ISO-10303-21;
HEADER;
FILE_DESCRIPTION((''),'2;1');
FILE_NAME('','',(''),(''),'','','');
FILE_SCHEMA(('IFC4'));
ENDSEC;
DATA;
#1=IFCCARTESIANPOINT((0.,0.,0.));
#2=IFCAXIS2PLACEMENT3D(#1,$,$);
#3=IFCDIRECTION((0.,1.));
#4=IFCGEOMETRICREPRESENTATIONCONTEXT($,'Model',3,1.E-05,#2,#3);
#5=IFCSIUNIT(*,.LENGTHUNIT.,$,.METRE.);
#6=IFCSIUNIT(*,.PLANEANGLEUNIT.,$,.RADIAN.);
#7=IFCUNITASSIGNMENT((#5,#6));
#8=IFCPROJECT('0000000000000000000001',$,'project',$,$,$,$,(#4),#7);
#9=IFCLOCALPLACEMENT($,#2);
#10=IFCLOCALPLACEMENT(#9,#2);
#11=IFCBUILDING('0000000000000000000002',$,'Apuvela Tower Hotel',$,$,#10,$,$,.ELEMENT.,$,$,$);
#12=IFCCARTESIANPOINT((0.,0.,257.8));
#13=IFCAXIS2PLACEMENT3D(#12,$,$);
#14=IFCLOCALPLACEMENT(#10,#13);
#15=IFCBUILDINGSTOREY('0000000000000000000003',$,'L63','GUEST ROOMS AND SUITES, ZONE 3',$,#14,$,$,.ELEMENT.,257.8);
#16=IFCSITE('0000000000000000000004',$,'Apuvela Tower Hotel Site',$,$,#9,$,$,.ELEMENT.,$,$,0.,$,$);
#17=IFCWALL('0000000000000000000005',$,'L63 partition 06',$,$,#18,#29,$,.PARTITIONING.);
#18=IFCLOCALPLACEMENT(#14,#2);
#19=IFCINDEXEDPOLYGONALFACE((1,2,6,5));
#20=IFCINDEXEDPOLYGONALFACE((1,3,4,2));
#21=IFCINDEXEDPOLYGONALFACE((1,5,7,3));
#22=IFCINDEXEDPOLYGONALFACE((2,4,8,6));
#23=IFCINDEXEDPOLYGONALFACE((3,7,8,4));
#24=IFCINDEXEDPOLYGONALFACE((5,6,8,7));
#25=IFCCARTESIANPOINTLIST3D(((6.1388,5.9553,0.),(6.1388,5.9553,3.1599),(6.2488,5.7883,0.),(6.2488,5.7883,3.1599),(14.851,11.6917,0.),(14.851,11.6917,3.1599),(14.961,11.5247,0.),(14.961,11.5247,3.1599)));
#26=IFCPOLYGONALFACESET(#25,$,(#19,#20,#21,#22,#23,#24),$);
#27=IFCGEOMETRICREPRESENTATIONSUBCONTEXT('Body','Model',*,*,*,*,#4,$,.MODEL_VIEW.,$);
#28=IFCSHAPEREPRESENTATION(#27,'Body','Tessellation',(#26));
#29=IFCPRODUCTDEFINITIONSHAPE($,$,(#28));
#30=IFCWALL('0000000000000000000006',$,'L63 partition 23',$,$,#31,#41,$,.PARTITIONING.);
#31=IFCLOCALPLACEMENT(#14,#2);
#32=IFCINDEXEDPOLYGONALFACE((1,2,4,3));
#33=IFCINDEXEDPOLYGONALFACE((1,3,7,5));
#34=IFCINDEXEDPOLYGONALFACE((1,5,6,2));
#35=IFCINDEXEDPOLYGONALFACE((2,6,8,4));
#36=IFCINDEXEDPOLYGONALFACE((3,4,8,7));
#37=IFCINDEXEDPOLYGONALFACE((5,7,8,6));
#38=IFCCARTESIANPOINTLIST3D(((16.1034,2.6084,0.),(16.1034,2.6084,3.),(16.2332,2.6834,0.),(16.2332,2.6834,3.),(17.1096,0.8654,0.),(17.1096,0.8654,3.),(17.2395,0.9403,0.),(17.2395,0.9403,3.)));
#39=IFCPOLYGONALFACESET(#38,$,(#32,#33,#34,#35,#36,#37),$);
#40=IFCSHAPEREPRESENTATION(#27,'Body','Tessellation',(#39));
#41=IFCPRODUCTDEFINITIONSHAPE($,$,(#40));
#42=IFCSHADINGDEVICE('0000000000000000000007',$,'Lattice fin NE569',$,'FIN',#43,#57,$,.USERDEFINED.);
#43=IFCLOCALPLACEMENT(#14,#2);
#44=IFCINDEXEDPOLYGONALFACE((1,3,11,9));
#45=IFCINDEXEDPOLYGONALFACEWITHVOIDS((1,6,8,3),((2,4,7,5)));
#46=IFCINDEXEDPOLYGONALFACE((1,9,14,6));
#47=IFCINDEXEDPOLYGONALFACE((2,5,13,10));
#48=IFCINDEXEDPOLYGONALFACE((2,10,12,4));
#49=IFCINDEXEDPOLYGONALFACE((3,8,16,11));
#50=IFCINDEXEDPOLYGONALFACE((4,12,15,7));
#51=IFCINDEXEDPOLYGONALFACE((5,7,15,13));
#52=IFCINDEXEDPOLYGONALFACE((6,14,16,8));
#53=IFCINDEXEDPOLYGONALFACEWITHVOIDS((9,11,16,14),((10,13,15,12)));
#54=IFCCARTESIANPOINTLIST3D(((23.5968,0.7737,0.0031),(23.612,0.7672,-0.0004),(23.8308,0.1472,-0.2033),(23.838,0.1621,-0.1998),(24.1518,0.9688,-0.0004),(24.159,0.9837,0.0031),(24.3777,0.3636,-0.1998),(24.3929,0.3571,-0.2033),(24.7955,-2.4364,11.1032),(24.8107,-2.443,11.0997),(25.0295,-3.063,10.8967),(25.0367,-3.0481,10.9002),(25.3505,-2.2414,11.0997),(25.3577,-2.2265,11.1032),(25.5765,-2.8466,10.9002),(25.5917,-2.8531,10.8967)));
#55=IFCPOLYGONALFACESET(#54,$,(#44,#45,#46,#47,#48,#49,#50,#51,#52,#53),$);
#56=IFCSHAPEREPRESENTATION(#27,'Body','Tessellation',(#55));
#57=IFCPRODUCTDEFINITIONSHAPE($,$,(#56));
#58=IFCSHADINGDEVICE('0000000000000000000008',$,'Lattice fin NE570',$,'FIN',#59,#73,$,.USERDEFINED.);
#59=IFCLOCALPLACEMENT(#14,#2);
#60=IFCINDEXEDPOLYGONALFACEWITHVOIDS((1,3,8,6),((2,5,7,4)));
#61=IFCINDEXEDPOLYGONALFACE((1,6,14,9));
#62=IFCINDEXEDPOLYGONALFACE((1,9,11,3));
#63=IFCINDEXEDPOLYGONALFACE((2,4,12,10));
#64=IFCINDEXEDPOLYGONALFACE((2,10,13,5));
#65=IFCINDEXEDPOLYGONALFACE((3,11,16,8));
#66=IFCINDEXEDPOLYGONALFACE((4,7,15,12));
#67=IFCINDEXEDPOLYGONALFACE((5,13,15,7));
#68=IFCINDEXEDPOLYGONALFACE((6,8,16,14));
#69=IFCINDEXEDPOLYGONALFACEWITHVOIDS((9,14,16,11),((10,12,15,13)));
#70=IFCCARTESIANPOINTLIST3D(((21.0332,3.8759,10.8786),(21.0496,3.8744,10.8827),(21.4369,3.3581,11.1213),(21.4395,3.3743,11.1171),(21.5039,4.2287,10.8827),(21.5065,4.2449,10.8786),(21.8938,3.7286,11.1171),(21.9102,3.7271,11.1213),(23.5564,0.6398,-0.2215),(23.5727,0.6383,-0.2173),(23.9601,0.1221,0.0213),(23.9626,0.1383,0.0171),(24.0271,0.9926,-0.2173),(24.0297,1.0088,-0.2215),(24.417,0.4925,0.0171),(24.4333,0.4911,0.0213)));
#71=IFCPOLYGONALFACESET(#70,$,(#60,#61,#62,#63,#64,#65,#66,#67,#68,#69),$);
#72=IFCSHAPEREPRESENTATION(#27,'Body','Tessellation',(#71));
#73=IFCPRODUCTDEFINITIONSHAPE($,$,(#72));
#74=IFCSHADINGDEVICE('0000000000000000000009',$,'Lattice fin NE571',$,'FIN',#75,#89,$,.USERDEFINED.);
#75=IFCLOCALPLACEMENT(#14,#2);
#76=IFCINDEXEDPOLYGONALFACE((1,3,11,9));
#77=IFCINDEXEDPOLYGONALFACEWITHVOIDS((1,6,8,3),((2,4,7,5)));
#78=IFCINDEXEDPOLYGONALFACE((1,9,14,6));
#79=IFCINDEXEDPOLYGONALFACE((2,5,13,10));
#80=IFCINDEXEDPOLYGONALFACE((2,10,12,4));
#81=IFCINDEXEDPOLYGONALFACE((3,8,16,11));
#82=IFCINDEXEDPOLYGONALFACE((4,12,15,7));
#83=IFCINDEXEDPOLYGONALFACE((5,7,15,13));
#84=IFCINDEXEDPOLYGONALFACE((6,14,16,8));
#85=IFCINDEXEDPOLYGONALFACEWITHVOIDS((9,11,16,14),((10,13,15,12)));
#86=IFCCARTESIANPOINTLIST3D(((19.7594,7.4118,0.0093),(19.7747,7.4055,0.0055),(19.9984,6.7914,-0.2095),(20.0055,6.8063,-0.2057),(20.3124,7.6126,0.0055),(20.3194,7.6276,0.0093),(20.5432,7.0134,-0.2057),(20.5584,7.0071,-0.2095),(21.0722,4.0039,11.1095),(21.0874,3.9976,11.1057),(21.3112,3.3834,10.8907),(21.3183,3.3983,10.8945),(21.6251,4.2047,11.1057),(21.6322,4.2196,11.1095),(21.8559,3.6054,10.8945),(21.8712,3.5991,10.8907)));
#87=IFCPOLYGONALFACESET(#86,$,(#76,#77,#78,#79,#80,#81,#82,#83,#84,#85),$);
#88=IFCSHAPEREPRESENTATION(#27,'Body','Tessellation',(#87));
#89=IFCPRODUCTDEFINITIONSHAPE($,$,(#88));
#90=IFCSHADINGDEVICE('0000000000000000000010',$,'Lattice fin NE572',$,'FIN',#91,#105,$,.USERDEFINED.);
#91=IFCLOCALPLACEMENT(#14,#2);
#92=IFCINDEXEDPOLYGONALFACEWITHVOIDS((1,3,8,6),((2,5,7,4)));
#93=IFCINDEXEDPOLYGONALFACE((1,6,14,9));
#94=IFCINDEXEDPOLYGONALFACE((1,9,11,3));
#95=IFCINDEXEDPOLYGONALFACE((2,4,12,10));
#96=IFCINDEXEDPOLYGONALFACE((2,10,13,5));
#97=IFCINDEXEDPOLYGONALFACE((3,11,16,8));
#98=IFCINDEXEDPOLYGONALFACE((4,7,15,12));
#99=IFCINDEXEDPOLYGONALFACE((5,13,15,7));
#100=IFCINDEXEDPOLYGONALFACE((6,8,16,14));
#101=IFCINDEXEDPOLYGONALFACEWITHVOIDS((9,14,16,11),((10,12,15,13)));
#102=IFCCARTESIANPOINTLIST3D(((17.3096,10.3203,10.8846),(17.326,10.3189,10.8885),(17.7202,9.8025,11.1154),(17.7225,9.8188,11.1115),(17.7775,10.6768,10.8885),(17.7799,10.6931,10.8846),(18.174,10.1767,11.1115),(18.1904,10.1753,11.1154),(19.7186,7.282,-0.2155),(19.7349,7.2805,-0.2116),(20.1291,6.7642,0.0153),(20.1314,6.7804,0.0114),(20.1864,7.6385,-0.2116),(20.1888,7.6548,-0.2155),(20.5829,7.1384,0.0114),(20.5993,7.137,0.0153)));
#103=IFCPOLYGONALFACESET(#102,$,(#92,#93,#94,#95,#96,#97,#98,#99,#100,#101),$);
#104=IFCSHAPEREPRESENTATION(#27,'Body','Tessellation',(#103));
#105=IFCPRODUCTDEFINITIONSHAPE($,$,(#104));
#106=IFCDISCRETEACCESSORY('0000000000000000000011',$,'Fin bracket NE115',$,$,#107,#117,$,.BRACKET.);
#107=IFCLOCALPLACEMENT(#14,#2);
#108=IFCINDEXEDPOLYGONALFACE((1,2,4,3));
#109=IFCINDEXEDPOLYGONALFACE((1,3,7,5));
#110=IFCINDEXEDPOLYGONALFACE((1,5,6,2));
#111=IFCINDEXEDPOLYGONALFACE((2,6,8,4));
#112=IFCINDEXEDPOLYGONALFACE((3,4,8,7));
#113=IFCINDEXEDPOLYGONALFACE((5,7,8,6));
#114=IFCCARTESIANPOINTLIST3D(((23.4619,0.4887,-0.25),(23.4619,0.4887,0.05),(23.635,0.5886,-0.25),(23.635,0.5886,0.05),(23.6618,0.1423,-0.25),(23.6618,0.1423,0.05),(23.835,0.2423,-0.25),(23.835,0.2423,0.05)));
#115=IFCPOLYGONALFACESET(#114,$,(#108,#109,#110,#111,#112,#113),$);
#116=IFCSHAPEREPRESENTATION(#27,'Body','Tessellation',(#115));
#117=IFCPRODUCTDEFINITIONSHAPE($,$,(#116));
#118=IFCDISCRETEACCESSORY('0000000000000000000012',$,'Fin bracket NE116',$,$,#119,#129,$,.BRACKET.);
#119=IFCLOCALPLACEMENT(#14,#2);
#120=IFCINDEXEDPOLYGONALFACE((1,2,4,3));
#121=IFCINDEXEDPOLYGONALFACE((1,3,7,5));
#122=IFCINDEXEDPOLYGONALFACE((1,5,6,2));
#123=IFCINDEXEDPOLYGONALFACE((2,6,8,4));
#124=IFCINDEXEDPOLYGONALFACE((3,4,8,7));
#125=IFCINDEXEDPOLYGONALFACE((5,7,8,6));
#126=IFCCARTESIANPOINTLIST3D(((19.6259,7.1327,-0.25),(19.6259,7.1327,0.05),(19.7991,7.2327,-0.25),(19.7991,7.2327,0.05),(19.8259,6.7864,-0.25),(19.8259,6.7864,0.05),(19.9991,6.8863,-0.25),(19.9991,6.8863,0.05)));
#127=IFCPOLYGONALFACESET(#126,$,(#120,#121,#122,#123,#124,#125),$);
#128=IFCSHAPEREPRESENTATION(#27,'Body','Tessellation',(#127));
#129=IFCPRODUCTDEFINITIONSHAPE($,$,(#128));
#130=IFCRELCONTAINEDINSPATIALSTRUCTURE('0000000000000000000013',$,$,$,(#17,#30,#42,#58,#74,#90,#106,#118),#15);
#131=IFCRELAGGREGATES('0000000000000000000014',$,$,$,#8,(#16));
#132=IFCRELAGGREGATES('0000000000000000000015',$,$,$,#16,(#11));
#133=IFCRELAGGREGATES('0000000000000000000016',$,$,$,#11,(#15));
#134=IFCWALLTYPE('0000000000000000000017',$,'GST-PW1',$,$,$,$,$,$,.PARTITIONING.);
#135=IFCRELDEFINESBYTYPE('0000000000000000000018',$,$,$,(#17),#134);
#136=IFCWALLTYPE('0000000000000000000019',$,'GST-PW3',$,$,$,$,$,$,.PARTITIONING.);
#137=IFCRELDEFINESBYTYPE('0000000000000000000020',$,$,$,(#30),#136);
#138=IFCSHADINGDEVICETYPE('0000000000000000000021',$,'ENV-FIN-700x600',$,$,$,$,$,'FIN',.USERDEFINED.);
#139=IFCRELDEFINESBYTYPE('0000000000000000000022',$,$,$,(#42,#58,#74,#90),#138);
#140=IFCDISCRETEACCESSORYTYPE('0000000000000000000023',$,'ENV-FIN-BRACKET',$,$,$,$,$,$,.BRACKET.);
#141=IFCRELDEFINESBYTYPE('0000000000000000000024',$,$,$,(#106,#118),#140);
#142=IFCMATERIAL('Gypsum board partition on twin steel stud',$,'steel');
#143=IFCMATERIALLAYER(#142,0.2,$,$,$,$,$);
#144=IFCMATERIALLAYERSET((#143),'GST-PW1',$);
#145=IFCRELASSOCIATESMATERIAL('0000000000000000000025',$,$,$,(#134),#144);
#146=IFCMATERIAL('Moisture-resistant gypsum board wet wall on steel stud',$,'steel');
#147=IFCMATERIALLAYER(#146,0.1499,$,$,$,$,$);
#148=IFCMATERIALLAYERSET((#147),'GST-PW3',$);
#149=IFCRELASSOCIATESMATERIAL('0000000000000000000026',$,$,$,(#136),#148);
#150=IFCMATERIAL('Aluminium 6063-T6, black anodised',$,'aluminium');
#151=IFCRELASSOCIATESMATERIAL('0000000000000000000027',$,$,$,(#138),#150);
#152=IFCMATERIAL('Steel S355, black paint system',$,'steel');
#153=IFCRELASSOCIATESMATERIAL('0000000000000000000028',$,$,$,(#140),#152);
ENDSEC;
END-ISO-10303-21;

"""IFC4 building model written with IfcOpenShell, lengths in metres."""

from ifc_helpers import new_model, si_unit, direction, frame, frame_2d, origin, origin_2d, place, context, subcontext, project, spatial, rectangle, hollow_rectangle, extrude, material, layer, layer_set, material_profile, profile_set, type_object, element, save


model = new_model("IFC4")

# Units and contexts
model_context = context("Model", 3, precision=1e-05, world=origin(), true_north=direction((0.0, 1.0)))
body_context = subcontext(model_context, "Body", "Model", "MODEL_VIEW")
ifc_project = project(units=[si_unit("LENGTHUNIT", "METRE"), si_unit("PLANEANGLEUNIT", "RADIAN")], contexts=[model_context])

# Site, building, storey
site_placement = place(None, origin())
site = spatial("IfcSite", under=ifc_project, at=site_placement, Name="Apuvela Tower Hotel Site", CompositionType="ELEMENT", RefElevation=0.0)
building_placement = place(site_placement, origin())
building = spatial("IfcBuilding", under=site, at=building_placement, Name="Apuvela Tower Hotel", CompositionType="ELEMENT")
storey_placement = place(building_placement, frame((0.0, 0.0, 257.8)))
storey = spatial("IfcBuildingStorey", under=building, at=storey_placement, Name="L63", Description="GUEST ROOMS AND SUITES, ZONE 3", CompositionType="ELEMENT", Elevation=257.8)

# Walls
ifc_material_1 = material(Name="Gypsum board partition on twin steel stud", Category="steel")
ifc_layer_1 = layer(ifc_material_1, 0.2)
ifc_layer_set_1 = layer_set([ifc_layer_1], Name="GST-PW1")
wall_type_1 = type_object("IfcWallType", Name="GST-PW1", PredefinedType="PARTITIONING", material=ifc_layer_set_1)
wall_1_placement = place(storey_placement, frame((14.906, 11.6082, 0.0), z_axis=(0.0, 0.0, 1.0), x_axis=(-0.835213, -0.549927, 0.0)))
element("IfcWall", 1, at=wall_1_placement, inside=storey, type_object=wall_type_1, Name="L63 partition 06", PredefinedType="PARTITIONING", context=body_context, shape_type="SweptSolid", body=[
    extrude(rectangle(XDim=10.4312, YDim=0.2, at=frame_2d((5.2156, 0.0))), origin(), (0.0, 0.0, 1.0), 3.1599),
])
ifc_material_2 = material(Name="Moisture-resistant gypsum board wet wall on steel stud", Category="steel")
ifc_layer_2 = layer(ifc_material_2, 0.1499)
ifc_layer_set_2 = layer_set([ifc_layer_2], Name="GST-PW3")
wall_type_2 = type_object("IfcWallType", Name="GST-PW3", PredefinedType="PARTITIONING", material=ifc_layer_set_2)
wall_2_placement = place(storey_placement, frame((17.1746, 0.9028, 0.0), z_axis=(0.0, 0.0, 1.0), x_axis=(-0.499974, 0.86604, 0.0)))
element("IfcWall", 2, at=wall_2_placement, inside=storey, type_object=wall_type_2, Name="L63 partition 23", PredefinedType="PARTITIONING", context=body_context, shape_type="SweptSolid", body=[
    extrude(rectangle(XDim=2.0127, YDim=0.1499, at=frame_2d((1.0063, 0.0))), origin(), (0.0, 0.0, 1.0), 3.0),
])

# Shading devices
ifc_material_3 = material(Name="Aluminium 6063-T6, black anodised", Category="aluminium")
ifc_material_profile_1 = material_profile(ifc_material_3, hollow_rectangle(XDim=0.6001, YDim=0.7, WallThickness=0.012, at=origin_2d()), Name="AL BOX 700x600x12")
ifc_profile_set_1 = profile_set([ifc_material_profile_1], Name="Aluminium 6063-T6, black anodised")
shading_device_type = type_object("IfcShadingDeviceType", Name="ENV-FIN-700x600", ElementType="FIN", PredefinedType="USERDEFINED", material=ifc_profile_set_1)
shading_device_1_placement = place(storey_placement, frame((23.9949, 0.5654, -0.1001), z_axis=(0.103188, -0.276337, 0.955505), x_axis=(0.936817, 0.349819, 0.0)))
element("IfcShadingDevice", 3, at=shading_device_1_placement, inside=storey, type_object=shading_device_type, Name="Lattice fin NE569", ObjectType="FIN", PredefinedType="USERDEFINED", context=body_context, shape_type="SweptSolid", body=[
    extrude(hollow_rectangle(XDim=0.6001, YDim=0.7, WallThickness=0.012, at=origin_2d()), origin(), (0.0, 0.0, 1.0), 11.6169),
])
shading_device_2_placement = place(storey_placement, frame((23.9949, 0.5654, -0.1001), z_axis=(-0.21321, 0.273449, 0.937959), x_axis=(-0.788615, -0.614888, 0.0)))
element("IfcShadingDevice", 4, at=shading_device_2_placement, inside=storey, type_object=shading_device_type, Name="Lattice fin NE570", ObjectType="FIN", PredefinedType="USERDEFINED", context=body_context, shape_type="SweptSolid", body=[
    extrude(hollow_rectangle(XDim=0.6001, YDim=0.7, WallThickness=0.012, at=origin_2d()), origin(), (0.0, 0.0, 1.0), 11.8342),
])
shading_device_3_placement = place(storey_placement, frame((20.1589, 7.2095, -0.1001), z_axis=(0.11234, -0.291641, 0.949908), x_axis=(0.933163, 0.359454, 0.0)))
element("IfcShadingDevice", 5, at=shading_device_3_placement, inside=storey, type_object=shading_device_type, Name="Lattice fin NE571", ObjectType="FIN", PredefinedType="USERDEFINED", context=body_context, shape_type="SweptSolid", body=[
    extrude(hollow_rectangle(XDim=0.6001, YDim=0.7, WallThickness=0.012, at=origin_2d()), origin(), (0.0, 0.0, 1.0), 11.6855),
])
shading_device_4_placement = place(storey_placement, frame((20.1589, 7.2095, -0.1001), z_axis=(-0.204879, 0.258409, 0.94406), x_axis=(-0.783595, -0.621272, 0.0)))
element("IfcShadingDevice", 6, at=shading_device_4_placement, inside=storey, type_object=shading_device_type, Name="Lattice fin NE572", ObjectType="FIN", PredefinedType="USERDEFINED", context=body_context, shape_type="SweptSolid", body=[
    extrude(hollow_rectangle(XDim=0.6001, YDim=0.7, WallThickness=0.012, at=origin_2d()), origin(), (0.0, 0.0, 1.0), 11.7578),
])

# Discrete accessories
ifc_material_4 = material(Name="Steel S355, black paint system", Category="steel")
discrete_accessory_type = type_object("IfcDiscreteAccessoryType", Name="ENV-FIN-BRACKET", PredefinedType="BRACKET", material=ifc_material_4)
for number, where, z_axis, x_axis, name in (
    (7, (23.6484, 0.3655, -0.25), (0.0, 0.0, 1.0), (-0.5, 0.866025, 0.0), "Fin bracket NE115"),
    (8, (19.8125, 7.0095, -0.25), (0.0, 0.0, 1.0), (-0.5, 0.866025, 0.0), "Fin bracket NE116"),
):
    element("IfcDiscreteAccessory", number, at=place(storey_placement, frame(where, z_axis=z_axis, x_axis=x_axis)), inside=storey, type_object=discrete_accessory_type, Name=name, PredefinedType="BRACKET", context=body_context, shape_type="SweptSolid", body=[
        extrude(rectangle(XDim=0.3999, YDim=0.2, at=origin_2d()), origin(), (0.0, 0.0, 1.0), 0.3),
    ])

save(model, "model.ifc")
